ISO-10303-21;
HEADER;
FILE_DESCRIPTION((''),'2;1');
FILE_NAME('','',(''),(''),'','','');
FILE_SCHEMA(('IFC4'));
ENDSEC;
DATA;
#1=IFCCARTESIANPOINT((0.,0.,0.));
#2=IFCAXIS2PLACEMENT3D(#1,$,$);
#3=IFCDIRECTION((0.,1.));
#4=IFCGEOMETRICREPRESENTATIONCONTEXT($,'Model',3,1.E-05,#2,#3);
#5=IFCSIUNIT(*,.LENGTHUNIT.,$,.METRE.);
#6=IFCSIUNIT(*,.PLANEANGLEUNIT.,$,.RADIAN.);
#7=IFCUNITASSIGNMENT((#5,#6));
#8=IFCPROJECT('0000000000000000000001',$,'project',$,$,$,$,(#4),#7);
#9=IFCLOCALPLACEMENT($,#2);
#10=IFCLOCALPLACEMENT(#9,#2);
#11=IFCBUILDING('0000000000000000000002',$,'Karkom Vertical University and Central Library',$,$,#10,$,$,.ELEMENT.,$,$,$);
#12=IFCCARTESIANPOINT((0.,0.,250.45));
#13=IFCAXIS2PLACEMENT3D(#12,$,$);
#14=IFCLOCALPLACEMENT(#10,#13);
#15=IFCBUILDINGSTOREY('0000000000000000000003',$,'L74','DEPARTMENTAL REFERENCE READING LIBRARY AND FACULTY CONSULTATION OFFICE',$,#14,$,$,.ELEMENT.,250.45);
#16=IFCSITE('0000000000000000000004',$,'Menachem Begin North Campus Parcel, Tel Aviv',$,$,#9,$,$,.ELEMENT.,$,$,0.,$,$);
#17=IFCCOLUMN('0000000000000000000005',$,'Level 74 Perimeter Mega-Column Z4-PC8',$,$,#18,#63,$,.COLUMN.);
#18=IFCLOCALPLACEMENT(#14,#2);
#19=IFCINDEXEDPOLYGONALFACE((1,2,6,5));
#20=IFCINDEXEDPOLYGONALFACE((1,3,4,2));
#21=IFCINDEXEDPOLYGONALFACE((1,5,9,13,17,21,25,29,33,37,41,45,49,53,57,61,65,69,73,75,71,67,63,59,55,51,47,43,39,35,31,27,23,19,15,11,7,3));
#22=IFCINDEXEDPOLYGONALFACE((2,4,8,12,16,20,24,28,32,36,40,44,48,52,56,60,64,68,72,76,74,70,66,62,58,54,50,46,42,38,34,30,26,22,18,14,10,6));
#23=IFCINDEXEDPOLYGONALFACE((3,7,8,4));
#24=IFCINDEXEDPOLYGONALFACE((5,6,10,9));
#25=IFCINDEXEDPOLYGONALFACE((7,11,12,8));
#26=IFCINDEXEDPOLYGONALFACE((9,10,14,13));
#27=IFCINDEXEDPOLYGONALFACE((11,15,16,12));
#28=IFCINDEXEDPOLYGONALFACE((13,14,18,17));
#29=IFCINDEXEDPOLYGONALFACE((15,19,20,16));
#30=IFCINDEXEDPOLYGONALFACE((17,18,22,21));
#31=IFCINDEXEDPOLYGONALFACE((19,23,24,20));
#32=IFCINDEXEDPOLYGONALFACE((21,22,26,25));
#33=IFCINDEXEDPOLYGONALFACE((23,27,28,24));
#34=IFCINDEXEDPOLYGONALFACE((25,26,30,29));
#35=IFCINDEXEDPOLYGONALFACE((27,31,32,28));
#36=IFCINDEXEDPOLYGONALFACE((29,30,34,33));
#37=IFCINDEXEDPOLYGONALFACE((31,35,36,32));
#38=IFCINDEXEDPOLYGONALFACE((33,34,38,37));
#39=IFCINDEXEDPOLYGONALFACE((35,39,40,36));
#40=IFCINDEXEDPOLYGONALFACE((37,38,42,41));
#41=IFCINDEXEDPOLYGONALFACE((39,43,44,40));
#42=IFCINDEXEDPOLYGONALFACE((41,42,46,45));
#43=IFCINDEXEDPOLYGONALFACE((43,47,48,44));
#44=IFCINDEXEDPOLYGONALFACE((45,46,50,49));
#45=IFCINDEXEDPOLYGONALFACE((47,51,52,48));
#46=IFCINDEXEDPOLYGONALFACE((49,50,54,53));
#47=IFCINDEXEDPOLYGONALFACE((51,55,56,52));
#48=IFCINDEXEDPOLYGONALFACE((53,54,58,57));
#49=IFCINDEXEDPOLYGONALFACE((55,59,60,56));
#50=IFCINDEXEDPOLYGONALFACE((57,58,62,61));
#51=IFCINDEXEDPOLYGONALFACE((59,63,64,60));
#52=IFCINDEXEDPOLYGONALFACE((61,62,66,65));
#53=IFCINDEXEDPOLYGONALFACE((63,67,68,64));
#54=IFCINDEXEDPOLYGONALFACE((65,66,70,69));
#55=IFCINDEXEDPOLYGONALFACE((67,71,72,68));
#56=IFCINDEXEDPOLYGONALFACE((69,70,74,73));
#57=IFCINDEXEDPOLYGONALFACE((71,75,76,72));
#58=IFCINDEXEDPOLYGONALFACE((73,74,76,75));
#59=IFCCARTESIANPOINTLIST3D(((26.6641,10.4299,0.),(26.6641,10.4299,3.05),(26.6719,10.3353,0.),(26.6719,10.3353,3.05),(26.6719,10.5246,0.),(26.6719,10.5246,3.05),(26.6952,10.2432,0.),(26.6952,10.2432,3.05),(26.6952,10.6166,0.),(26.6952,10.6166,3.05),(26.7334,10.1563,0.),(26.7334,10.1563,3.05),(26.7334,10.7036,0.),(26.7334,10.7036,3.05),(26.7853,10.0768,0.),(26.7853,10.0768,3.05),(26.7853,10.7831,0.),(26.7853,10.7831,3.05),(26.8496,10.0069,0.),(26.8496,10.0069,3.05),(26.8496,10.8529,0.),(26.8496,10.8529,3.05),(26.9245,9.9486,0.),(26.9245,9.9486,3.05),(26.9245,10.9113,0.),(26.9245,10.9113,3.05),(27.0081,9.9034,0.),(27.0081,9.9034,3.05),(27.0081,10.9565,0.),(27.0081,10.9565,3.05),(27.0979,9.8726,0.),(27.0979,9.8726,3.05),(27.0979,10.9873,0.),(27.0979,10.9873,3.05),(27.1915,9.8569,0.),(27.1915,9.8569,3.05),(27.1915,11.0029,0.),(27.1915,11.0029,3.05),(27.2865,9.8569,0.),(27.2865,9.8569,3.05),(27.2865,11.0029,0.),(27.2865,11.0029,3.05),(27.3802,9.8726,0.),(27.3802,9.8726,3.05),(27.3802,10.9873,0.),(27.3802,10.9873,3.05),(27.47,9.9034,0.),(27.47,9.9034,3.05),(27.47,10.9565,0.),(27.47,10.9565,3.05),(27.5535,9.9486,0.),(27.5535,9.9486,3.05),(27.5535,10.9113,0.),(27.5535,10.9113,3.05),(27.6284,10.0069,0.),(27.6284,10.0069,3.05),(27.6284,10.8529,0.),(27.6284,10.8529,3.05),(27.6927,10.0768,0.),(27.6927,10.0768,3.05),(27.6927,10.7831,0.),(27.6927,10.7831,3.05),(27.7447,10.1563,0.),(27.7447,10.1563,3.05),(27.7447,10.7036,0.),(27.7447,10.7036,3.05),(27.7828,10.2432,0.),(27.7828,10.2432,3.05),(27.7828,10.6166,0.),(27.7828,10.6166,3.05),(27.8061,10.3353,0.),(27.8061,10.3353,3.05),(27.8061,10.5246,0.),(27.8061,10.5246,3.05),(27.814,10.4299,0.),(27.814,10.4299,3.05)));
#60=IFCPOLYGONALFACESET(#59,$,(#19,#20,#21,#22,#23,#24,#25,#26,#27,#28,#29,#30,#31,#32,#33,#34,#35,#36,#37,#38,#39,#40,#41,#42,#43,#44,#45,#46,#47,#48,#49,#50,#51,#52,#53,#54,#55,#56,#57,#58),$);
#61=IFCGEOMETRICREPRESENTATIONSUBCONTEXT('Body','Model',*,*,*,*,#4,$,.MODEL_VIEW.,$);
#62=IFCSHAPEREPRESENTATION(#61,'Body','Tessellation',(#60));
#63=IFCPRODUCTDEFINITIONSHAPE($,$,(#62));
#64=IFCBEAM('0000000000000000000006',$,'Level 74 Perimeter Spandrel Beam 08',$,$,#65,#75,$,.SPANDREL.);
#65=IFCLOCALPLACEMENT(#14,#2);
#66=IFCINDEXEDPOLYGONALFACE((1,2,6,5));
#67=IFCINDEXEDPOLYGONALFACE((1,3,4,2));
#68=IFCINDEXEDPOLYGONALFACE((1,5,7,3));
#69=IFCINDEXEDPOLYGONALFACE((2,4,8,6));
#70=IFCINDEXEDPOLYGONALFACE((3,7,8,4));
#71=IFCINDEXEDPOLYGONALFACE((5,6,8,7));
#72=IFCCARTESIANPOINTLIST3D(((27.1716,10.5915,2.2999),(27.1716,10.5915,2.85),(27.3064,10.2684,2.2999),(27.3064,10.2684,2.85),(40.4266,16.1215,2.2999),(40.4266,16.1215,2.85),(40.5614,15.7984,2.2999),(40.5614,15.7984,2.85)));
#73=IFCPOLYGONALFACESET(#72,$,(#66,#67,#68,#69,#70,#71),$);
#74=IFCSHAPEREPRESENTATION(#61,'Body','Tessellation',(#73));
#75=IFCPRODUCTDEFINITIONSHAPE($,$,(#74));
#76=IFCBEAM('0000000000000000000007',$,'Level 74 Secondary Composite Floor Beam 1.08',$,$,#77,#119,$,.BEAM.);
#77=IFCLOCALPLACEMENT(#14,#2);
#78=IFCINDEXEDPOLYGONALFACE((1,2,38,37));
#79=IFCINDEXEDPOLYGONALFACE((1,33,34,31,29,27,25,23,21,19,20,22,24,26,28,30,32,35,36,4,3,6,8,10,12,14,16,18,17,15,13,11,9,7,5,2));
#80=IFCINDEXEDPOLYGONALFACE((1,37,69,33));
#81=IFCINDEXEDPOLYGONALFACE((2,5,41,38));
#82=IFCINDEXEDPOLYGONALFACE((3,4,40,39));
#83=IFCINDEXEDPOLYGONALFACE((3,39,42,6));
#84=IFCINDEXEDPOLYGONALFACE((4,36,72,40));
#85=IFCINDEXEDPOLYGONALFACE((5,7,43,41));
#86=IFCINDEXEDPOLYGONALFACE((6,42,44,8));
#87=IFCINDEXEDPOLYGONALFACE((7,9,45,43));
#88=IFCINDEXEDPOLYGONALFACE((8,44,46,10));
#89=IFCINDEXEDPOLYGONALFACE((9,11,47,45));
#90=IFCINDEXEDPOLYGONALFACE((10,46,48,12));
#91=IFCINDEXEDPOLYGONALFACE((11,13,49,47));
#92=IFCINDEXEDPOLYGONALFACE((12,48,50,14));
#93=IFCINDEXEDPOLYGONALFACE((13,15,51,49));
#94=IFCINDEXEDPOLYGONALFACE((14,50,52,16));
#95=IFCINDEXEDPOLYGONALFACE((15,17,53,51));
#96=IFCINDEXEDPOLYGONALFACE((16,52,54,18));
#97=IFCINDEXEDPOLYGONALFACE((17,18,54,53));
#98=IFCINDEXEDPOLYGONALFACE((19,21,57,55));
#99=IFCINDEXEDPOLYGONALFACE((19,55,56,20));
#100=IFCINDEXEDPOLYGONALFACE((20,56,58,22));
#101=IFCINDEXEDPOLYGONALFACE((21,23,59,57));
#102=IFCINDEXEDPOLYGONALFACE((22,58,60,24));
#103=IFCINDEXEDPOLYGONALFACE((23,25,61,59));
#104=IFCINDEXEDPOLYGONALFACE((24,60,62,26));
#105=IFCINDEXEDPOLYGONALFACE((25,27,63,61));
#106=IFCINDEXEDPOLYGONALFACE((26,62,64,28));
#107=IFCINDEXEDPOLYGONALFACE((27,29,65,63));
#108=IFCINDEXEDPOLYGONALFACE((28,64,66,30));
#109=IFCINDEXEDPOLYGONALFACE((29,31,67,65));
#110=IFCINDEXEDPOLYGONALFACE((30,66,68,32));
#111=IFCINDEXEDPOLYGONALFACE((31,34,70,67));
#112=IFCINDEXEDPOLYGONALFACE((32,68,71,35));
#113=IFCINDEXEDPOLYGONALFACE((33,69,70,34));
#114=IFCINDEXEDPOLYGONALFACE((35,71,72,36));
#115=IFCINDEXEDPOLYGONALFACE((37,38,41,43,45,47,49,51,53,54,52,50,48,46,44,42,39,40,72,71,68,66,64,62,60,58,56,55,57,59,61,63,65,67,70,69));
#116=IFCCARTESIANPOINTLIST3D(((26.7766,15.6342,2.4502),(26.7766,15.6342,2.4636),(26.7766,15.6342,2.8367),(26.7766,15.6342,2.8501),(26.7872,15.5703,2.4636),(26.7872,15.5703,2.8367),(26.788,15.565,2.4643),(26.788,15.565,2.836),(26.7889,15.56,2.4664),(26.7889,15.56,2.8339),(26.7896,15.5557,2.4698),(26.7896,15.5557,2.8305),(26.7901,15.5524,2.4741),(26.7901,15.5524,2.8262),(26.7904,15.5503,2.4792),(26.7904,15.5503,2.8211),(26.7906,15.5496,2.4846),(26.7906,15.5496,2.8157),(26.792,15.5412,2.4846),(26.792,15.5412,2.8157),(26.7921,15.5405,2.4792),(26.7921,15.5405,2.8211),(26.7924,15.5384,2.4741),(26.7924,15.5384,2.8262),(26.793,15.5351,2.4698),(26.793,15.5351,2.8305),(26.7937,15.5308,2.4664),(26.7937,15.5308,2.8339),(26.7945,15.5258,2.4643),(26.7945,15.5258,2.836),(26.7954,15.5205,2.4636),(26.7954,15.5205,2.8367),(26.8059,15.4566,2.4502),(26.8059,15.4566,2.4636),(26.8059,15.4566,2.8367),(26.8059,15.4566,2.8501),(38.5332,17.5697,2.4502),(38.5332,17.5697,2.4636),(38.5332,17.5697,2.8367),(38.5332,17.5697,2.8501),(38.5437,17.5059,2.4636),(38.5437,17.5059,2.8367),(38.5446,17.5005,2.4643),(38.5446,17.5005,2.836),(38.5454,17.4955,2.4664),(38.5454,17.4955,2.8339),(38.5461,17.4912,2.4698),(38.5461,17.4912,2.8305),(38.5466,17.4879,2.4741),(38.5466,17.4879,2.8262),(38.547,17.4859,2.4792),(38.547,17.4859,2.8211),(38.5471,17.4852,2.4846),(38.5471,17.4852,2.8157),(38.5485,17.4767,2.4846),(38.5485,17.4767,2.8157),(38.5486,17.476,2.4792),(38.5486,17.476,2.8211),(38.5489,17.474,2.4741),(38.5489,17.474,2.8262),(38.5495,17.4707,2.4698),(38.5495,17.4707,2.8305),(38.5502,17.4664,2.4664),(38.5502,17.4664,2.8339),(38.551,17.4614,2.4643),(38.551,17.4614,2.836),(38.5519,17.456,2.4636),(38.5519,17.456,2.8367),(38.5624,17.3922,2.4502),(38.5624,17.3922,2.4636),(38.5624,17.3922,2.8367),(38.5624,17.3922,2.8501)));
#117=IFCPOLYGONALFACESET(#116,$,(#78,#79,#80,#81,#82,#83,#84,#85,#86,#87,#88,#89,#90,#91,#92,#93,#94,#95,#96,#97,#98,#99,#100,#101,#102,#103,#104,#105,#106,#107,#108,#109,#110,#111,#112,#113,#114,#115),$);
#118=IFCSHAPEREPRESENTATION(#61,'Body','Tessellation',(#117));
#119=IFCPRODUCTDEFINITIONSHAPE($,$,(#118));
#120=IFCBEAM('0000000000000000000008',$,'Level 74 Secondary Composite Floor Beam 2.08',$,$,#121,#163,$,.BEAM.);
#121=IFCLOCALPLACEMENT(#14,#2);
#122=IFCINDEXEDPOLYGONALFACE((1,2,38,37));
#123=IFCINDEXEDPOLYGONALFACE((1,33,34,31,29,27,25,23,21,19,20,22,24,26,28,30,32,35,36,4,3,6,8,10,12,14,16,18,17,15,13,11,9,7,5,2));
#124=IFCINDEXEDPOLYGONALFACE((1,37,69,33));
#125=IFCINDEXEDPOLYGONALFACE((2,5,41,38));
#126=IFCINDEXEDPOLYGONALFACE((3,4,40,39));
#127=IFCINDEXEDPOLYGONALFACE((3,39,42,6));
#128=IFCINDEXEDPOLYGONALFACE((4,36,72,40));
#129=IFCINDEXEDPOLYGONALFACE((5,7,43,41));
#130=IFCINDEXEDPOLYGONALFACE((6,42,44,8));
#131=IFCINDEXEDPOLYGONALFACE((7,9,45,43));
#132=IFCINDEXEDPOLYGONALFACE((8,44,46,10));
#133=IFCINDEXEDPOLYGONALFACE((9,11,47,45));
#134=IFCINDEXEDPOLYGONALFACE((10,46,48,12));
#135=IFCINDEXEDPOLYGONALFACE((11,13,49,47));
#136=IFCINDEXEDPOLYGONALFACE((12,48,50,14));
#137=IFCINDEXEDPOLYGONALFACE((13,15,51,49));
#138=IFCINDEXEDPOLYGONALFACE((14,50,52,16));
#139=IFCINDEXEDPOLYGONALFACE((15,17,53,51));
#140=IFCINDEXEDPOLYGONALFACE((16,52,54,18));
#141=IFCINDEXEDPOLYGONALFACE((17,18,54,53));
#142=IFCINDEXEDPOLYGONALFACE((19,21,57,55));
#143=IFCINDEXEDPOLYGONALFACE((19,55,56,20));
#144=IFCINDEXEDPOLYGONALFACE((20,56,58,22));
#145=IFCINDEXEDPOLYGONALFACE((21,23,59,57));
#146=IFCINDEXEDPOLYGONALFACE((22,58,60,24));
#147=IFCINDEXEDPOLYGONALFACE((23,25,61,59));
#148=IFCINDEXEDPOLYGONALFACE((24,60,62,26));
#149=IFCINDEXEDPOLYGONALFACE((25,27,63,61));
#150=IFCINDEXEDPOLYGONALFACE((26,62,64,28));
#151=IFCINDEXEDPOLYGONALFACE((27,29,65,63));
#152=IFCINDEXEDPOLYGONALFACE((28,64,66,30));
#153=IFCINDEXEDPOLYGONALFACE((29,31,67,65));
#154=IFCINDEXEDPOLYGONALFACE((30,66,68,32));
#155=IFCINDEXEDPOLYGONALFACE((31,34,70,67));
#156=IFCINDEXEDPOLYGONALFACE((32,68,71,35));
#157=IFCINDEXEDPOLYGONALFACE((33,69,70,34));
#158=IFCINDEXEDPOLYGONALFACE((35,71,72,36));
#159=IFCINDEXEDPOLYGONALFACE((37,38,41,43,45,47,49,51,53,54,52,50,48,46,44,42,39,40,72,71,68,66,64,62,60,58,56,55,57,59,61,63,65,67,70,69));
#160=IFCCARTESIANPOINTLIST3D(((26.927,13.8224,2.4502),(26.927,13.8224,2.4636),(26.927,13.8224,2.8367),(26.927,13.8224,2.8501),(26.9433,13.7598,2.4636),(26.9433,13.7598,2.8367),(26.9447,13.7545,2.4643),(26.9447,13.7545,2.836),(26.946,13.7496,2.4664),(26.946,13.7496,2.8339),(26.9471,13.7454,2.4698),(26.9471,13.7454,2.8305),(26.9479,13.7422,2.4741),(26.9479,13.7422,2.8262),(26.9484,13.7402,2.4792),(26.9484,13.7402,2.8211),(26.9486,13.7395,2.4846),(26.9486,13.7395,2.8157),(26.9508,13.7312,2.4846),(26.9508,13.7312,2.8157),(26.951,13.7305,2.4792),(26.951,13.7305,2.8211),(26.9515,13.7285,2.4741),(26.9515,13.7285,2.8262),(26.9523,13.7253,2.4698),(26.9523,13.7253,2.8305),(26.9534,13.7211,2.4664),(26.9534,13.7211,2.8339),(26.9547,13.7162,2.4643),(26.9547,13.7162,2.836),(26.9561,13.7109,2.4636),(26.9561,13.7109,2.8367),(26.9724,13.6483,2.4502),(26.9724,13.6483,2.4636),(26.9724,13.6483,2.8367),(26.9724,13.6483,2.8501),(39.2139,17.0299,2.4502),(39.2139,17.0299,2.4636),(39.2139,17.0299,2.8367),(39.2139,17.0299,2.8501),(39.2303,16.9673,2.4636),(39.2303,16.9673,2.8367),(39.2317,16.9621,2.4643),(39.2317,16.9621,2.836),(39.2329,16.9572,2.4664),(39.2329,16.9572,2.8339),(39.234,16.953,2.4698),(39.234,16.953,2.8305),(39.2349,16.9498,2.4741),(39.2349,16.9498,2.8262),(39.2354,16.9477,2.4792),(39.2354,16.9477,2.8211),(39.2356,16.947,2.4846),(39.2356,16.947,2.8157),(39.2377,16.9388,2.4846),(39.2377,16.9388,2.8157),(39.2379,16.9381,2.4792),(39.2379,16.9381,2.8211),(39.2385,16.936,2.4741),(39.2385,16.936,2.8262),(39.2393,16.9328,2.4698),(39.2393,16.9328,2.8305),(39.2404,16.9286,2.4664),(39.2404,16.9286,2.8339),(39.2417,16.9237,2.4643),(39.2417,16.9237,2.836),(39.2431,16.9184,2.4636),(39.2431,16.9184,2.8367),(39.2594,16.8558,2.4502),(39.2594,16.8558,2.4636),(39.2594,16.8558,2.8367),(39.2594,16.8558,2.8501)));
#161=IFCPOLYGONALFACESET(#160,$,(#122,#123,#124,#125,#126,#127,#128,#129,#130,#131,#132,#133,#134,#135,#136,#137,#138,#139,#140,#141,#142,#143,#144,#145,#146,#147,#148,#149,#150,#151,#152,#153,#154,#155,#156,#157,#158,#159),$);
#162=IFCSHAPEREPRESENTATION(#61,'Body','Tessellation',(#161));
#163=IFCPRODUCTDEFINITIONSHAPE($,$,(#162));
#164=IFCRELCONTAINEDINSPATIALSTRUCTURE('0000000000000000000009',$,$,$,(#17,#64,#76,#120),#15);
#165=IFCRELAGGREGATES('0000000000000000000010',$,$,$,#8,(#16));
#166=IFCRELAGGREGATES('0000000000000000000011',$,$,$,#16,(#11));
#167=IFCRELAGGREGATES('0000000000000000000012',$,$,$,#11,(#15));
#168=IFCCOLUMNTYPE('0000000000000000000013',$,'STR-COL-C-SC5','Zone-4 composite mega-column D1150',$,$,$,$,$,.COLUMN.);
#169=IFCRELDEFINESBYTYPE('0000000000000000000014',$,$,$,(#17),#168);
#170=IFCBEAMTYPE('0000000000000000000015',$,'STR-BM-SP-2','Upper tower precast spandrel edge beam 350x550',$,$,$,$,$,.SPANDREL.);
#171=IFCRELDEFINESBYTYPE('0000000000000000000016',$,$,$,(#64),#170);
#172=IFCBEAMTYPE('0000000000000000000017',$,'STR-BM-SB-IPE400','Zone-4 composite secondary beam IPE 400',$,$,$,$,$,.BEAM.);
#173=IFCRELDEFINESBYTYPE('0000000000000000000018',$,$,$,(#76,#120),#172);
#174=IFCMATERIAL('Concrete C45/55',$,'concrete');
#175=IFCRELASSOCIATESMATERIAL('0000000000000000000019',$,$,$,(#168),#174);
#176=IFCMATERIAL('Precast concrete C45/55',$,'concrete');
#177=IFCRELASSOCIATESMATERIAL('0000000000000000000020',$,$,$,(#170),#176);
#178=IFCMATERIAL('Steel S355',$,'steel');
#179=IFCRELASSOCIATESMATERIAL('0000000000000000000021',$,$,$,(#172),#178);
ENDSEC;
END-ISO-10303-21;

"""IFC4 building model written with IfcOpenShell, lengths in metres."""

from ifc_helpers import new_model, si_unit, direction, frame, origin, origin_with_axes, origin_2d, place, context, subcontext, project, spatial, rectangle, circle, i_section, extrude, source, transform, mapped, material, material_profile, profile_set, type_object, element, save


model = new_model("IFC4")

# Units and contexts
model_context = context("Model", 3, precision=1e-05, world=origin(), true_north=direction((0.0, 1.0)))
body_context = subcontext(model_context, "Body", "Model", "MODEL_VIEW")
ifc_project = project(units=[si_unit("LENGTHUNIT", "METRE"), si_unit("PLANEANGLEUNIT", "RADIAN")], contexts=[model_context])

# Site, building, storey
site_placement = place(None, origin())
site = spatial("IfcSite", under=ifc_project, at=site_placement, Name="Menachem Begin North Campus Parcel, Tel Aviv", CompositionType="ELEMENT", RefElevation=0.0)
building_placement = place(site_placement, origin())
building = spatial("IfcBuilding", under=site, at=building_placement, Name="Karkom Vertical University and Central Library", CompositionType="ELEMENT")
storey_placement = place(building_placement, frame((0.0, 0.0, 250.45)))
storey = spatial("IfcBuildingStorey", under=building, at=storey_placement, Name="L74", Description="DEPARTMENTAL REFERENCE READING LIBRARY AND FACULTY CONSULTATION OFFICE", CompositionType="ELEMENT", Elevation=250.45)

# Column
ifc_material_1 = material(Name="Concrete C45/55", Category="concrete")
ifc_material_profile_1 = material_profile(ifc_material_1, circle(Radius=0.575, at=origin_2d()), Name="CFT-D1150")
ifc_profile_set_1 = profile_set([ifc_material_profile_1], Name="Concrete C45/55")
column_type = type_object("IfcColumnType", Name="STR-COL-C-SC5", Description="Zone-4 composite mega-column D1150", PredefinedType="COLUMN", material=ifc_profile_set_1)
shared_shape_1 = source(origin_with_axes(), body_context, "Body", "SweptSolid", [
    extrude(circle(Radius=0.575, at=origin_2d()), origin(), (0.0, 0.0, 1.0), 3.05),
])
column_placement = place(storey_placement, frame((27.239, 10.4299, 0.0), z_axis=(0.0, 0.0, 1.0), x_axis=(1.0, 0.0, 0.0)))
element("IfcColumn", 1, at=column_placement, inside=storey, type_object=column_type, Name="Level 74 Perimeter Mega-Column Z4-PC8", PredefinedType="COLUMN", context=body_context, shape_type="MappedRepresentation", body=[
    mapped(shared_shape_1, transform((0.0, 0.0, 0.0), scale=1.0)),
])

# Beams
ifc_material_2 = material(Name="Precast concrete C45/55", Category="concrete")
ifc_material_profile_2 = material_profile(ifc_material_2, rectangle(XDim=0.3501, YDim=0.55, at=origin_2d()), Name="SPB-350x550")
ifc_profile_set_2 = profile_set([ifc_material_profile_2], Name="Precast concrete C45/55")
beam_type_1 = type_object("IfcBeamType", Name="STR-BM-SP-2", Description="Upper tower precast spandrel edge beam 350x550", PredefinedType="SPANDREL", material=ifc_profile_set_2)
shared_shape_2 = source(origin_with_axes(), body_context, "Body", "SweptSolid", [
    extrude(rectangle(XDim=0.3501, YDim=0.55, at=origin_2d()), origin(), (0.0, 0.0, 1.0), 14.3623),
])
beam_1_placement = place(storey_placement, frame((27.239, 10.4299, 2.575), z_axis=(0.9229, 0.38504, 0.0), x_axis=(-0.38504, 0.9229, 0.0)))
element("IfcBeam", 2, at=beam_1_placement, inside=storey, type_object=beam_type_1, Name="Level 74 Perimeter Spandrel Beam 08", PredefinedType="SPANDREL", context=body_context, shape_type="MappedRepresentation", body=[
    mapped(shared_shape_2, transform((0.0, 0.0, 0.0), scale=1.0)),
])
ifc_material_3 = material(Name="Steel S355", Category="steel")
ifc_material_profile_3 = material_profile(ifc_material_3, i_section(OverallWidth=0.1799, OverallDepth=0.3999, WebThickness=0.0085, FlangeThickness=0.0134, FilletRadius=0.021, at=origin_2d()), Name="IPE 400")
ifc_profile_set_3 = profile_set([ifc_material_profile_3], Name="Steel S355")
beam_type_2 = type_object("IfcBeamType", Name="STR-BM-SB-IPE400", Description="Zone-4 composite secondary beam IPE 400", PredefinedType="BEAM", material=ifc_profile_set_3)
shared_shape_3 = source(origin_with_axes(), body_context, "Body", "SweptSolid", [
    extrude(i_section(OverallWidth=0.1799, OverallDepth=0.3999, WebThickness=0.0085, FlangeThickness=0.0134, FilletRadius=0.021, at=origin_2d()), origin(), (0.0, 0.0, 1.0), 11.9148),
])
beam_2_placement = place(storey_placement, frame((26.7913, 15.5454, 2.6501), z_axis=(0.986717, 0.162448, 0.0), x_axis=(-0.162448, 0.986717, 0.0)))
element("IfcBeam", 3, at=beam_2_placement, inside=storey, type_object=beam_type_2, Name="Level 74 Secondary Composite Floor Beam 1.08", PredefinedType="BEAM", context=body_context, shape_type="MappedRepresentation", body=[
    mapped(shared_shape_3, transform((0.0, 0.0, 0.0), scale=1.0)),
])
shared_shape_4 = source(origin_with_axes(), body_context, "Body", "SweptSolid", [
    extrude(i_section(OverallWidth=0.1799, OverallDepth=0.3999, WebThickness=0.0085, FlangeThickness=0.0134, FilletRadius=0.021, at=origin_2d()), origin(), (0.0, 0.0, 1.0), 12.6987),
])
beam_3_placement = place(storey_placement, frame((26.9497, 13.7354, 2.6501), z_axis=(0.967574, 0.252588, 0.0), x_axis=(-0.252588, 0.967574, 0.0)))
element("IfcBeam", 4, at=beam_3_placement, inside=storey, type_object=beam_type_2, Name="Level 74 Secondary Composite Floor Beam 2.08", PredefinedType="BEAM", context=body_context, shape_type="MappedRepresentation", body=[
    mapped(shared_shape_4, transform((0.0, 0.0, 0.0), scale=1.0)),
])

save(model, "model.ifc")
